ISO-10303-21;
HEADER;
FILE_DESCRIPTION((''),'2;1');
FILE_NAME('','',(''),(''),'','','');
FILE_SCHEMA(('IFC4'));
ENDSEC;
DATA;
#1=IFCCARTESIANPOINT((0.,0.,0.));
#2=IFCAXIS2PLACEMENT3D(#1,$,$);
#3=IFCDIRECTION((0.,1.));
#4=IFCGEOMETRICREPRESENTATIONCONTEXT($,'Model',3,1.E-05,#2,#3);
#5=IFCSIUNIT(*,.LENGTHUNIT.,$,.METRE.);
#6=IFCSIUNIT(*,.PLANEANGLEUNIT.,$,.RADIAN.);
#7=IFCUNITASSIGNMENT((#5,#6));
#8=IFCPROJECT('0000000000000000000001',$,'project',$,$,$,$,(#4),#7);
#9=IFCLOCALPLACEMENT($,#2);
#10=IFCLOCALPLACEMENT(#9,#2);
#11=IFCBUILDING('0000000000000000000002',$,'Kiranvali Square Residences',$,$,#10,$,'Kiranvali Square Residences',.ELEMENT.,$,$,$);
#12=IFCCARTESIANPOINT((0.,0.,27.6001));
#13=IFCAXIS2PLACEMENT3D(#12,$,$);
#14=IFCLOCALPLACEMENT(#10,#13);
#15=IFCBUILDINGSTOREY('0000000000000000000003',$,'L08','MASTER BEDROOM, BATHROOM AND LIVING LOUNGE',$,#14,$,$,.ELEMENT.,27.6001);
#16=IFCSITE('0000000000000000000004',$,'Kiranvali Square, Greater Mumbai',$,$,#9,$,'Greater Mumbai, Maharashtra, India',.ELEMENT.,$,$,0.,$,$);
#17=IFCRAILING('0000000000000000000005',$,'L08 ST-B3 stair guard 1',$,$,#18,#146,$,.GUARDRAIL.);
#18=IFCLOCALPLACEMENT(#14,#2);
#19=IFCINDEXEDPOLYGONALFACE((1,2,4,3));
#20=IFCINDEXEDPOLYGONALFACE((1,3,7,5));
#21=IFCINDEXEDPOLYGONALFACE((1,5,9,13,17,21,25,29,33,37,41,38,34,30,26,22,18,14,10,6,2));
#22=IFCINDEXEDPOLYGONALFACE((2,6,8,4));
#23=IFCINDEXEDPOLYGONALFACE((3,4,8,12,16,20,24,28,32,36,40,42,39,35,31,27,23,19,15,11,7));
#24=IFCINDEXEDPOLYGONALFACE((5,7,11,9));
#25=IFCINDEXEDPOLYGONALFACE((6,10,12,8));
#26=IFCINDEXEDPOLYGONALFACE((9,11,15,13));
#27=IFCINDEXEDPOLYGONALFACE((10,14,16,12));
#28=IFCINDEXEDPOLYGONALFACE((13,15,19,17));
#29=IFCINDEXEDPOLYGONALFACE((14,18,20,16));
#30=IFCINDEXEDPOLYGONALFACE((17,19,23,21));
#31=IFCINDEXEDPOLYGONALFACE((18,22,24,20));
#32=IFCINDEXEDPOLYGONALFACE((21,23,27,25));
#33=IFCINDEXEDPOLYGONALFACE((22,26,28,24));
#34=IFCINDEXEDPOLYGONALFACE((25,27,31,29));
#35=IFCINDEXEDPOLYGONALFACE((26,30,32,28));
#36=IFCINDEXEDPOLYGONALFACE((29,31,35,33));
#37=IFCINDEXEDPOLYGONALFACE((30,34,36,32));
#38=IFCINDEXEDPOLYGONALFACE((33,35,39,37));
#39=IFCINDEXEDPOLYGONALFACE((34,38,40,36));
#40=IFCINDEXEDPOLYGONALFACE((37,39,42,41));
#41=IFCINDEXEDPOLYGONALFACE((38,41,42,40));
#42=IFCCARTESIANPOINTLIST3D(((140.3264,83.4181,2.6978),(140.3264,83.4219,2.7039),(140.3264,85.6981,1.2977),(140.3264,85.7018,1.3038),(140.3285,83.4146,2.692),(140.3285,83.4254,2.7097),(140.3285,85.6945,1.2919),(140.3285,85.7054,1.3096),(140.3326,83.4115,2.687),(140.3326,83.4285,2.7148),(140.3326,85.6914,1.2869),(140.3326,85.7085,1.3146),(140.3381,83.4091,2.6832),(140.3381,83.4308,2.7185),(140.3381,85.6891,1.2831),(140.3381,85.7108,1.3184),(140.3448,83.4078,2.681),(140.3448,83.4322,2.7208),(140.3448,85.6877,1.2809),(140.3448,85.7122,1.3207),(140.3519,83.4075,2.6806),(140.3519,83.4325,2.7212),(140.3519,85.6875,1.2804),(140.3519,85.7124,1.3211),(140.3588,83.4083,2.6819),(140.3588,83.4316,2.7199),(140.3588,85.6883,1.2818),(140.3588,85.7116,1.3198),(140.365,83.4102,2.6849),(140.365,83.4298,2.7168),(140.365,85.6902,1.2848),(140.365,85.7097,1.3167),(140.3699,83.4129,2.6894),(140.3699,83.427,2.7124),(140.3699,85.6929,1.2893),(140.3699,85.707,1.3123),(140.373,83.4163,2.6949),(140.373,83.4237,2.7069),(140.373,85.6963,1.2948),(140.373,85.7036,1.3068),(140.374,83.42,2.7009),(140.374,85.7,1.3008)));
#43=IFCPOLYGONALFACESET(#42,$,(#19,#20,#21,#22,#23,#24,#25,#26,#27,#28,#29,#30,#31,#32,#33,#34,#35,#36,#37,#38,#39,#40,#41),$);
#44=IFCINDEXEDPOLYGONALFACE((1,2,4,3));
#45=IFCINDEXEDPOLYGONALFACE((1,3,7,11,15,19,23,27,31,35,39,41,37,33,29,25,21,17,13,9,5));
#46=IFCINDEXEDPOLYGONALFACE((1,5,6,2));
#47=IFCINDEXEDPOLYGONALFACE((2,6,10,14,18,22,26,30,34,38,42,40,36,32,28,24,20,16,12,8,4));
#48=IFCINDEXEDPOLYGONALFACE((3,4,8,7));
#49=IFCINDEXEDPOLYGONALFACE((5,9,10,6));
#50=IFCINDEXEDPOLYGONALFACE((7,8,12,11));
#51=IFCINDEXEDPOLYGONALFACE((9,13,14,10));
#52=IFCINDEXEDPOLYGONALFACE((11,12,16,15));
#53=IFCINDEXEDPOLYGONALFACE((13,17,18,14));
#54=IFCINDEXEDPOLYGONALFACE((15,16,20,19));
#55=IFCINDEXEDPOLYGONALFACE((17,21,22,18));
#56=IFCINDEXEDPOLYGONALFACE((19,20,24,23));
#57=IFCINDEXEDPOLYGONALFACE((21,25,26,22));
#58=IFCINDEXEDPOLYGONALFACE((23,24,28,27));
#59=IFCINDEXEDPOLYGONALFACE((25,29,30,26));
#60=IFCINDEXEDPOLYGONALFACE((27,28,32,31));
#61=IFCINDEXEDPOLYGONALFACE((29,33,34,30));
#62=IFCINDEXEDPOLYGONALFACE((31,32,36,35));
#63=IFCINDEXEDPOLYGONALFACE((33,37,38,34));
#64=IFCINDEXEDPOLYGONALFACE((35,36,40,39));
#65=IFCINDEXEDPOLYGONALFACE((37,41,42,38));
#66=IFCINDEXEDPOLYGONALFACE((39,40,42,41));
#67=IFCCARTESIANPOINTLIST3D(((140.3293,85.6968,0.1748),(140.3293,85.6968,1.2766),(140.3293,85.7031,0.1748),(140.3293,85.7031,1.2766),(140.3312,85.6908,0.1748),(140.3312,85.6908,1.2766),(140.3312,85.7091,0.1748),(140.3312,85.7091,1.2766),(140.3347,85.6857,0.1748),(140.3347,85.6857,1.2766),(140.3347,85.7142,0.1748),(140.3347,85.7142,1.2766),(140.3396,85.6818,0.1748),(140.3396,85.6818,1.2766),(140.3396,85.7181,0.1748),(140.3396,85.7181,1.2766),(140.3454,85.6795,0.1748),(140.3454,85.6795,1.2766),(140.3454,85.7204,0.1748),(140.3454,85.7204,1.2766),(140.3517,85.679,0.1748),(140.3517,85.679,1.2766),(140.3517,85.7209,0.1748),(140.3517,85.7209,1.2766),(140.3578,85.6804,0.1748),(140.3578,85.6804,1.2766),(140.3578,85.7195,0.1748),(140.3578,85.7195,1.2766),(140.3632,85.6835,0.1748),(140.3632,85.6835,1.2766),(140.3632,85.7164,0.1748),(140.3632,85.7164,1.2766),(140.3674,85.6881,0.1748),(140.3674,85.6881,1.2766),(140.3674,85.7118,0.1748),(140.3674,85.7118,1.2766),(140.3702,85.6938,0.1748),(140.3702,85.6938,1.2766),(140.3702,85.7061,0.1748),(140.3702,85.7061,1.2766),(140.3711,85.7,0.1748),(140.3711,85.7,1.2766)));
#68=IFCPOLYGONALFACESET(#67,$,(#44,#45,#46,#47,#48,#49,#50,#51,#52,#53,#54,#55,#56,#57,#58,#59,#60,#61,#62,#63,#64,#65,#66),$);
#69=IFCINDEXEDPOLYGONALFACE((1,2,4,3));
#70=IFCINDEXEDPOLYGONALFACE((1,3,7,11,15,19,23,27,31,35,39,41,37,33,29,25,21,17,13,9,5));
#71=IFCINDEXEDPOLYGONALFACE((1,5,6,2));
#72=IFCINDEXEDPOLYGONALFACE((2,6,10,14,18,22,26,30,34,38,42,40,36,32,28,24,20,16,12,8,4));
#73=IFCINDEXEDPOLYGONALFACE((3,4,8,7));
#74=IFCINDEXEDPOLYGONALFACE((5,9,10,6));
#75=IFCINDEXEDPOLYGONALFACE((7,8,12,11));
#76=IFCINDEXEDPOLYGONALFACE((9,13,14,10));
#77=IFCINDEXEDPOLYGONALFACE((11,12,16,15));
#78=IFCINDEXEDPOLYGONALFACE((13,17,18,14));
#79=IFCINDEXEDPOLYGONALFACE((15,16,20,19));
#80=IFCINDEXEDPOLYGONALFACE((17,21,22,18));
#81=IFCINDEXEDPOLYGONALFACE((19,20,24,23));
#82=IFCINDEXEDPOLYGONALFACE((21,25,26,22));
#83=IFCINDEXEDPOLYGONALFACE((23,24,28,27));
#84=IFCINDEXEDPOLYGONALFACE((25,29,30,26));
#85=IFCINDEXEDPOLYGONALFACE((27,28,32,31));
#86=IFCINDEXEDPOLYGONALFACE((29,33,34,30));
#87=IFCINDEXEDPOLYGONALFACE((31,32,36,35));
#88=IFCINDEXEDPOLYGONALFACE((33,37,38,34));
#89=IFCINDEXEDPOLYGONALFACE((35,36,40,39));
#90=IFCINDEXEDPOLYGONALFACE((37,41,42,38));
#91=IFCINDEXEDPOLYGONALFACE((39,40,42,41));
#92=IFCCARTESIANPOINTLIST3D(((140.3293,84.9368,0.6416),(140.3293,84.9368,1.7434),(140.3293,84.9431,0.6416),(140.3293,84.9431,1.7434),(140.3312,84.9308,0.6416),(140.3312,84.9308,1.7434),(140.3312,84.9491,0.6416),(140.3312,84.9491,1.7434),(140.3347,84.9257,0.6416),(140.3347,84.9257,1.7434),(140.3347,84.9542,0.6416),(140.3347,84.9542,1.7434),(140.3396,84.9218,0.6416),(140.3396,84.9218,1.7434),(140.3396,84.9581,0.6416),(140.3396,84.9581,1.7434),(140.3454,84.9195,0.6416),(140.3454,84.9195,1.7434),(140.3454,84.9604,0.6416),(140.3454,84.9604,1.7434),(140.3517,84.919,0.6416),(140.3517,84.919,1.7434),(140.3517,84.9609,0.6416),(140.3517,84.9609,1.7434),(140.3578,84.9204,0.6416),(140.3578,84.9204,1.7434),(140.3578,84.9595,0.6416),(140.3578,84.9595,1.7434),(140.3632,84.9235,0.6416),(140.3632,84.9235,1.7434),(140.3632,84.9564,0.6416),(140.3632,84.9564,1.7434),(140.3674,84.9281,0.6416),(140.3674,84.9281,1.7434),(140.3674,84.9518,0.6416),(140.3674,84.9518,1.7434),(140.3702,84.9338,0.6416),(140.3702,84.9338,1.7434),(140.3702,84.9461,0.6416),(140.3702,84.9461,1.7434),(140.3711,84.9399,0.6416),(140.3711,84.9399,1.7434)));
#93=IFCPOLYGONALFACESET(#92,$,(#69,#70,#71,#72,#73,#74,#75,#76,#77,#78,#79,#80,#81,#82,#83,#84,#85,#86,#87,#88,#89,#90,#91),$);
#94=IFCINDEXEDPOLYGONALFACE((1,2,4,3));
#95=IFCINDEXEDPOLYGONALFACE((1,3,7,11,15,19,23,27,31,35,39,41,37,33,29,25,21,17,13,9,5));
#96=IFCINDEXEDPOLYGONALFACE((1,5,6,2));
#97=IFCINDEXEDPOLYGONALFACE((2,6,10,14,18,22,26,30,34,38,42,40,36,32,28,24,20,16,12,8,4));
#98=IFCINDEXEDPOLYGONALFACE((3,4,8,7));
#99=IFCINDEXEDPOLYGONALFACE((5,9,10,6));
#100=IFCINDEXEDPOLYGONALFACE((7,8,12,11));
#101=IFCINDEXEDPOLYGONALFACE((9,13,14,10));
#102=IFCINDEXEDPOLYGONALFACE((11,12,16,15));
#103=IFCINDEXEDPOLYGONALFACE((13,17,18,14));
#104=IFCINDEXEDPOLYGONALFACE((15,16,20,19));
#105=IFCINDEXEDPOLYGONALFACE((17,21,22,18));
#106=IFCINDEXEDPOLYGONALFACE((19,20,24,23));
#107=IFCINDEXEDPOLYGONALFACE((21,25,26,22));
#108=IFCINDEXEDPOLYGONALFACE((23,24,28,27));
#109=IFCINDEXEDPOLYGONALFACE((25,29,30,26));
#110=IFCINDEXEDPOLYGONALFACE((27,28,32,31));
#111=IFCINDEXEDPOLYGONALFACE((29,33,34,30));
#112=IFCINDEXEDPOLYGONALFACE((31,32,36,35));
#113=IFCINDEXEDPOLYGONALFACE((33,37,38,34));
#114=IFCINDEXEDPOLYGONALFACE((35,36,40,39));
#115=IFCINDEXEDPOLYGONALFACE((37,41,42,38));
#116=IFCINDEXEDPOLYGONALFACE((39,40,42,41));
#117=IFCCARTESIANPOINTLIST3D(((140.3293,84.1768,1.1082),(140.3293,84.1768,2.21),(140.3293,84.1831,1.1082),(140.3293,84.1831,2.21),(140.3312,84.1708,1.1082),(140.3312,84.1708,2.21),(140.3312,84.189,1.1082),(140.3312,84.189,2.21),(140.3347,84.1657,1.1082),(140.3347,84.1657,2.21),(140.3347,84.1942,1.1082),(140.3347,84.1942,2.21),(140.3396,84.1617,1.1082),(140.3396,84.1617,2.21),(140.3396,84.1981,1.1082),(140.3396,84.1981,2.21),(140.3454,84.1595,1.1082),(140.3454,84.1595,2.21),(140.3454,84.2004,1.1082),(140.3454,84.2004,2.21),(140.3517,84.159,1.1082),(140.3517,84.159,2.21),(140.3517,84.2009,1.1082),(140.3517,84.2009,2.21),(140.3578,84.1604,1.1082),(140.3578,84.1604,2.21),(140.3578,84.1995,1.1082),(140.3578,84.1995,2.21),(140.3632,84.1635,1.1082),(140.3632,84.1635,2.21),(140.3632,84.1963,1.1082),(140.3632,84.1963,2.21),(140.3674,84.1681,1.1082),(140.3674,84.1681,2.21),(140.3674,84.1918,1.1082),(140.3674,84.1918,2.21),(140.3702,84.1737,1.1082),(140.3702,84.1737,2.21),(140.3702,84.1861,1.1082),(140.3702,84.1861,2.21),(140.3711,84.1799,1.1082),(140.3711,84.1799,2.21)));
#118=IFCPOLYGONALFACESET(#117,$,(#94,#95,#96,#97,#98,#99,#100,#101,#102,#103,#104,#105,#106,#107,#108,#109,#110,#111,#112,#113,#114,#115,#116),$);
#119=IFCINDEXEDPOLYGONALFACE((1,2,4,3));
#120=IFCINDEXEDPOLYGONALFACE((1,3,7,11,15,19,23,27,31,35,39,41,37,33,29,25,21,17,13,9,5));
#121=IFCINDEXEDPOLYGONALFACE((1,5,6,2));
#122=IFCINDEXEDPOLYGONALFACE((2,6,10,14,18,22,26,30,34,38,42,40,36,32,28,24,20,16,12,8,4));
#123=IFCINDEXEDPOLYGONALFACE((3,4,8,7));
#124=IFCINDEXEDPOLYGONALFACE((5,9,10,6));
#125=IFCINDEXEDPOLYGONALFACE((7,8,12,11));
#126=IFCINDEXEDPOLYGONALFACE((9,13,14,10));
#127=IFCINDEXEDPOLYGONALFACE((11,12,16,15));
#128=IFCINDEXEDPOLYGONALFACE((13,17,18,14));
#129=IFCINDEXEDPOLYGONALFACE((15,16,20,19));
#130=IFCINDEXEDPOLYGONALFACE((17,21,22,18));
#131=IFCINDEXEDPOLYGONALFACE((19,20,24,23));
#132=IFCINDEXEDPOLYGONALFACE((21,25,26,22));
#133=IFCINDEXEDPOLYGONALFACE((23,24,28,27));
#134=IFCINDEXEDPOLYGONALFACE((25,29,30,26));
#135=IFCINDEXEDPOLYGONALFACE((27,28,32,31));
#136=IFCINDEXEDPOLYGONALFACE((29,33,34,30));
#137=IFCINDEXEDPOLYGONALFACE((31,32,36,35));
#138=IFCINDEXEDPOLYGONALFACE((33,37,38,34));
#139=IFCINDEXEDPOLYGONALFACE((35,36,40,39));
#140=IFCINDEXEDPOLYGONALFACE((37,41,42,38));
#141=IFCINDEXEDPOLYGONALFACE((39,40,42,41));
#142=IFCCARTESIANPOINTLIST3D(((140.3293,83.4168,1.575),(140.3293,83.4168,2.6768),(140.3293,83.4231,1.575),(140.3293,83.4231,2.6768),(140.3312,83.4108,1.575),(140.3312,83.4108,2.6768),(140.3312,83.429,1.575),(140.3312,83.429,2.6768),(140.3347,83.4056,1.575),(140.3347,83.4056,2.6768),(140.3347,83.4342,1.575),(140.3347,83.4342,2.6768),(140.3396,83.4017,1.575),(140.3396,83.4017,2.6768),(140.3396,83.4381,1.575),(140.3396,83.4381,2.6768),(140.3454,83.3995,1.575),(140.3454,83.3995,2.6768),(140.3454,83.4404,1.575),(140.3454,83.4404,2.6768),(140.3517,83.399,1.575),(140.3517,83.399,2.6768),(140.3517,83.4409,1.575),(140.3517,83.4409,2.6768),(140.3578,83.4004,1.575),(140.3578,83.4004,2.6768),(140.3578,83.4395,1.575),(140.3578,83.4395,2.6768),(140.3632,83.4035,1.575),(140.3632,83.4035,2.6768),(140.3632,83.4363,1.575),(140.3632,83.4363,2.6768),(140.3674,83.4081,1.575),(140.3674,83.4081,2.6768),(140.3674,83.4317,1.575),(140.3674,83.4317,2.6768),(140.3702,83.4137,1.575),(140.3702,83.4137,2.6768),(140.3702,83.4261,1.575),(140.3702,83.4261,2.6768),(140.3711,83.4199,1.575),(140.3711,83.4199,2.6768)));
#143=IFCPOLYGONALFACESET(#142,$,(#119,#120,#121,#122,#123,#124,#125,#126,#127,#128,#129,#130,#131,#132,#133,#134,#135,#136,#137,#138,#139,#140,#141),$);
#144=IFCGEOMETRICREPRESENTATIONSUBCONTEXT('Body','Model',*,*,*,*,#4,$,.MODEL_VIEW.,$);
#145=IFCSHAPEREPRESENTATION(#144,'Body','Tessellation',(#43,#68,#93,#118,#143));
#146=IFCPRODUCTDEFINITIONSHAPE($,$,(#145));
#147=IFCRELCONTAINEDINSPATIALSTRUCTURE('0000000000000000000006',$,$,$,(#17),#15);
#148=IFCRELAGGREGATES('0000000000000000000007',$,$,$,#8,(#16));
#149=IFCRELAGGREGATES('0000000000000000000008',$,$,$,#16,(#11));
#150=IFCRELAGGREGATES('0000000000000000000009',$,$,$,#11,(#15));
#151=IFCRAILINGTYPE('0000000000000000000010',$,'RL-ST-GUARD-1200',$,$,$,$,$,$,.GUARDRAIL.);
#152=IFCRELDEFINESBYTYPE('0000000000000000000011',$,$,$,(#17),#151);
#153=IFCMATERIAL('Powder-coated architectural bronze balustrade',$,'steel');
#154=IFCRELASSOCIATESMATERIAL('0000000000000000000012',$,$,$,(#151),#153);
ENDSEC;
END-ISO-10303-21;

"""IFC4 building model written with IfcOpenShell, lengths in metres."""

from ifc_helpers import new_model, si_unit, direction, frame, origin, origin_2d, place, context, subcontext, project, spatial, circle, extrude, material, type_object, element, save


model = new_model("IFC4")

# Units and contexts
model_context = context("Model", 3, precision=1e-05, world=origin(), true_north=direction((0.0, 1.0)))
body_context = subcontext(model_context, "Body", "Model", "MODEL_VIEW")
ifc_project = project(units=[si_unit("LENGTHUNIT", "METRE"), si_unit("PLANEANGLEUNIT", "RADIAN")], contexts=[model_context])

# Site, building, storey
site_placement = place(None, origin())
site = spatial("IfcSite", under=ifc_project, at=site_placement, Name="Kiranvali Square, Greater Mumbai", LongName="Greater Mumbai, Maharashtra, India", CompositionType="ELEMENT", RefElevation=0.0)
building_placement = place(site_placement, origin())
building = spatial("IfcBuilding", under=site, at=building_placement, Name="Kiranvali Square Residences", LongName="Kiranvali Square Residences", CompositionType="ELEMENT")
storey_placement = place(building_placement, frame((0.0, 0.0, 27.6001)))
storey = spatial("IfcBuildingStorey", under=building, at=storey_placement, Name="L08", Description="MASTER BEDROOM, BATHROOM AND LIVING LOUNGE", CompositionType="ELEMENT", Elevation=27.6001)

# Railing
ifc_material_1 = material(Name="Powder-coated architectural bronze balustrade", Category="steel")
railing_type_1 = type_object("IfcRailingType", Name="RL-ST-GUARD-1200", PredefinedType="GUARDRAIL", material=ifc_material_1)
railing_1_placement = place(storey_placement, frame((140.3501, 85.7, 0.1748)))
element("IfcRailing", 1, at=railing_1_placement, inside=storey, type_object=railing_type_1, Name="L08 ST-B3 stair guard 1", PredefinedType="GUARDRAIL", context=body_context, shape_type="SweptSolid", body=[
    extrude(circle(Radius=0.0239, at=origin_2d()), frame((0.0, 0.0, 1.126), z_axis=(0.0, -0.85215, 0.523298), x_axis=(1.0, 0.0, 0.0)), (0.0, 0.0, 1.0), 2.6755),
    extrude(circle(Radius=0.021, at=origin_2d()), origin(), (0.0, 0.0, 1.0), 1.1018),
    extrude(circle(Radius=0.021, at=origin_2d()), frame((0.0, -0.76, 0.4668)), (0.0, 0.0, 1.0), 1.1018),
    extrude(circle(Radius=0.021, at=origin_2d()), frame((0.0, -1.52, 0.9333)), (0.0, 0.0, 1.0), 1.1018),
    extrude(circle(Radius=0.021, at=origin_2d()), frame((0.0, -2.28, 1.4001)), (0.0, 0.0, 1.0), 1.1018),
])

save(model, "model.ifc")
